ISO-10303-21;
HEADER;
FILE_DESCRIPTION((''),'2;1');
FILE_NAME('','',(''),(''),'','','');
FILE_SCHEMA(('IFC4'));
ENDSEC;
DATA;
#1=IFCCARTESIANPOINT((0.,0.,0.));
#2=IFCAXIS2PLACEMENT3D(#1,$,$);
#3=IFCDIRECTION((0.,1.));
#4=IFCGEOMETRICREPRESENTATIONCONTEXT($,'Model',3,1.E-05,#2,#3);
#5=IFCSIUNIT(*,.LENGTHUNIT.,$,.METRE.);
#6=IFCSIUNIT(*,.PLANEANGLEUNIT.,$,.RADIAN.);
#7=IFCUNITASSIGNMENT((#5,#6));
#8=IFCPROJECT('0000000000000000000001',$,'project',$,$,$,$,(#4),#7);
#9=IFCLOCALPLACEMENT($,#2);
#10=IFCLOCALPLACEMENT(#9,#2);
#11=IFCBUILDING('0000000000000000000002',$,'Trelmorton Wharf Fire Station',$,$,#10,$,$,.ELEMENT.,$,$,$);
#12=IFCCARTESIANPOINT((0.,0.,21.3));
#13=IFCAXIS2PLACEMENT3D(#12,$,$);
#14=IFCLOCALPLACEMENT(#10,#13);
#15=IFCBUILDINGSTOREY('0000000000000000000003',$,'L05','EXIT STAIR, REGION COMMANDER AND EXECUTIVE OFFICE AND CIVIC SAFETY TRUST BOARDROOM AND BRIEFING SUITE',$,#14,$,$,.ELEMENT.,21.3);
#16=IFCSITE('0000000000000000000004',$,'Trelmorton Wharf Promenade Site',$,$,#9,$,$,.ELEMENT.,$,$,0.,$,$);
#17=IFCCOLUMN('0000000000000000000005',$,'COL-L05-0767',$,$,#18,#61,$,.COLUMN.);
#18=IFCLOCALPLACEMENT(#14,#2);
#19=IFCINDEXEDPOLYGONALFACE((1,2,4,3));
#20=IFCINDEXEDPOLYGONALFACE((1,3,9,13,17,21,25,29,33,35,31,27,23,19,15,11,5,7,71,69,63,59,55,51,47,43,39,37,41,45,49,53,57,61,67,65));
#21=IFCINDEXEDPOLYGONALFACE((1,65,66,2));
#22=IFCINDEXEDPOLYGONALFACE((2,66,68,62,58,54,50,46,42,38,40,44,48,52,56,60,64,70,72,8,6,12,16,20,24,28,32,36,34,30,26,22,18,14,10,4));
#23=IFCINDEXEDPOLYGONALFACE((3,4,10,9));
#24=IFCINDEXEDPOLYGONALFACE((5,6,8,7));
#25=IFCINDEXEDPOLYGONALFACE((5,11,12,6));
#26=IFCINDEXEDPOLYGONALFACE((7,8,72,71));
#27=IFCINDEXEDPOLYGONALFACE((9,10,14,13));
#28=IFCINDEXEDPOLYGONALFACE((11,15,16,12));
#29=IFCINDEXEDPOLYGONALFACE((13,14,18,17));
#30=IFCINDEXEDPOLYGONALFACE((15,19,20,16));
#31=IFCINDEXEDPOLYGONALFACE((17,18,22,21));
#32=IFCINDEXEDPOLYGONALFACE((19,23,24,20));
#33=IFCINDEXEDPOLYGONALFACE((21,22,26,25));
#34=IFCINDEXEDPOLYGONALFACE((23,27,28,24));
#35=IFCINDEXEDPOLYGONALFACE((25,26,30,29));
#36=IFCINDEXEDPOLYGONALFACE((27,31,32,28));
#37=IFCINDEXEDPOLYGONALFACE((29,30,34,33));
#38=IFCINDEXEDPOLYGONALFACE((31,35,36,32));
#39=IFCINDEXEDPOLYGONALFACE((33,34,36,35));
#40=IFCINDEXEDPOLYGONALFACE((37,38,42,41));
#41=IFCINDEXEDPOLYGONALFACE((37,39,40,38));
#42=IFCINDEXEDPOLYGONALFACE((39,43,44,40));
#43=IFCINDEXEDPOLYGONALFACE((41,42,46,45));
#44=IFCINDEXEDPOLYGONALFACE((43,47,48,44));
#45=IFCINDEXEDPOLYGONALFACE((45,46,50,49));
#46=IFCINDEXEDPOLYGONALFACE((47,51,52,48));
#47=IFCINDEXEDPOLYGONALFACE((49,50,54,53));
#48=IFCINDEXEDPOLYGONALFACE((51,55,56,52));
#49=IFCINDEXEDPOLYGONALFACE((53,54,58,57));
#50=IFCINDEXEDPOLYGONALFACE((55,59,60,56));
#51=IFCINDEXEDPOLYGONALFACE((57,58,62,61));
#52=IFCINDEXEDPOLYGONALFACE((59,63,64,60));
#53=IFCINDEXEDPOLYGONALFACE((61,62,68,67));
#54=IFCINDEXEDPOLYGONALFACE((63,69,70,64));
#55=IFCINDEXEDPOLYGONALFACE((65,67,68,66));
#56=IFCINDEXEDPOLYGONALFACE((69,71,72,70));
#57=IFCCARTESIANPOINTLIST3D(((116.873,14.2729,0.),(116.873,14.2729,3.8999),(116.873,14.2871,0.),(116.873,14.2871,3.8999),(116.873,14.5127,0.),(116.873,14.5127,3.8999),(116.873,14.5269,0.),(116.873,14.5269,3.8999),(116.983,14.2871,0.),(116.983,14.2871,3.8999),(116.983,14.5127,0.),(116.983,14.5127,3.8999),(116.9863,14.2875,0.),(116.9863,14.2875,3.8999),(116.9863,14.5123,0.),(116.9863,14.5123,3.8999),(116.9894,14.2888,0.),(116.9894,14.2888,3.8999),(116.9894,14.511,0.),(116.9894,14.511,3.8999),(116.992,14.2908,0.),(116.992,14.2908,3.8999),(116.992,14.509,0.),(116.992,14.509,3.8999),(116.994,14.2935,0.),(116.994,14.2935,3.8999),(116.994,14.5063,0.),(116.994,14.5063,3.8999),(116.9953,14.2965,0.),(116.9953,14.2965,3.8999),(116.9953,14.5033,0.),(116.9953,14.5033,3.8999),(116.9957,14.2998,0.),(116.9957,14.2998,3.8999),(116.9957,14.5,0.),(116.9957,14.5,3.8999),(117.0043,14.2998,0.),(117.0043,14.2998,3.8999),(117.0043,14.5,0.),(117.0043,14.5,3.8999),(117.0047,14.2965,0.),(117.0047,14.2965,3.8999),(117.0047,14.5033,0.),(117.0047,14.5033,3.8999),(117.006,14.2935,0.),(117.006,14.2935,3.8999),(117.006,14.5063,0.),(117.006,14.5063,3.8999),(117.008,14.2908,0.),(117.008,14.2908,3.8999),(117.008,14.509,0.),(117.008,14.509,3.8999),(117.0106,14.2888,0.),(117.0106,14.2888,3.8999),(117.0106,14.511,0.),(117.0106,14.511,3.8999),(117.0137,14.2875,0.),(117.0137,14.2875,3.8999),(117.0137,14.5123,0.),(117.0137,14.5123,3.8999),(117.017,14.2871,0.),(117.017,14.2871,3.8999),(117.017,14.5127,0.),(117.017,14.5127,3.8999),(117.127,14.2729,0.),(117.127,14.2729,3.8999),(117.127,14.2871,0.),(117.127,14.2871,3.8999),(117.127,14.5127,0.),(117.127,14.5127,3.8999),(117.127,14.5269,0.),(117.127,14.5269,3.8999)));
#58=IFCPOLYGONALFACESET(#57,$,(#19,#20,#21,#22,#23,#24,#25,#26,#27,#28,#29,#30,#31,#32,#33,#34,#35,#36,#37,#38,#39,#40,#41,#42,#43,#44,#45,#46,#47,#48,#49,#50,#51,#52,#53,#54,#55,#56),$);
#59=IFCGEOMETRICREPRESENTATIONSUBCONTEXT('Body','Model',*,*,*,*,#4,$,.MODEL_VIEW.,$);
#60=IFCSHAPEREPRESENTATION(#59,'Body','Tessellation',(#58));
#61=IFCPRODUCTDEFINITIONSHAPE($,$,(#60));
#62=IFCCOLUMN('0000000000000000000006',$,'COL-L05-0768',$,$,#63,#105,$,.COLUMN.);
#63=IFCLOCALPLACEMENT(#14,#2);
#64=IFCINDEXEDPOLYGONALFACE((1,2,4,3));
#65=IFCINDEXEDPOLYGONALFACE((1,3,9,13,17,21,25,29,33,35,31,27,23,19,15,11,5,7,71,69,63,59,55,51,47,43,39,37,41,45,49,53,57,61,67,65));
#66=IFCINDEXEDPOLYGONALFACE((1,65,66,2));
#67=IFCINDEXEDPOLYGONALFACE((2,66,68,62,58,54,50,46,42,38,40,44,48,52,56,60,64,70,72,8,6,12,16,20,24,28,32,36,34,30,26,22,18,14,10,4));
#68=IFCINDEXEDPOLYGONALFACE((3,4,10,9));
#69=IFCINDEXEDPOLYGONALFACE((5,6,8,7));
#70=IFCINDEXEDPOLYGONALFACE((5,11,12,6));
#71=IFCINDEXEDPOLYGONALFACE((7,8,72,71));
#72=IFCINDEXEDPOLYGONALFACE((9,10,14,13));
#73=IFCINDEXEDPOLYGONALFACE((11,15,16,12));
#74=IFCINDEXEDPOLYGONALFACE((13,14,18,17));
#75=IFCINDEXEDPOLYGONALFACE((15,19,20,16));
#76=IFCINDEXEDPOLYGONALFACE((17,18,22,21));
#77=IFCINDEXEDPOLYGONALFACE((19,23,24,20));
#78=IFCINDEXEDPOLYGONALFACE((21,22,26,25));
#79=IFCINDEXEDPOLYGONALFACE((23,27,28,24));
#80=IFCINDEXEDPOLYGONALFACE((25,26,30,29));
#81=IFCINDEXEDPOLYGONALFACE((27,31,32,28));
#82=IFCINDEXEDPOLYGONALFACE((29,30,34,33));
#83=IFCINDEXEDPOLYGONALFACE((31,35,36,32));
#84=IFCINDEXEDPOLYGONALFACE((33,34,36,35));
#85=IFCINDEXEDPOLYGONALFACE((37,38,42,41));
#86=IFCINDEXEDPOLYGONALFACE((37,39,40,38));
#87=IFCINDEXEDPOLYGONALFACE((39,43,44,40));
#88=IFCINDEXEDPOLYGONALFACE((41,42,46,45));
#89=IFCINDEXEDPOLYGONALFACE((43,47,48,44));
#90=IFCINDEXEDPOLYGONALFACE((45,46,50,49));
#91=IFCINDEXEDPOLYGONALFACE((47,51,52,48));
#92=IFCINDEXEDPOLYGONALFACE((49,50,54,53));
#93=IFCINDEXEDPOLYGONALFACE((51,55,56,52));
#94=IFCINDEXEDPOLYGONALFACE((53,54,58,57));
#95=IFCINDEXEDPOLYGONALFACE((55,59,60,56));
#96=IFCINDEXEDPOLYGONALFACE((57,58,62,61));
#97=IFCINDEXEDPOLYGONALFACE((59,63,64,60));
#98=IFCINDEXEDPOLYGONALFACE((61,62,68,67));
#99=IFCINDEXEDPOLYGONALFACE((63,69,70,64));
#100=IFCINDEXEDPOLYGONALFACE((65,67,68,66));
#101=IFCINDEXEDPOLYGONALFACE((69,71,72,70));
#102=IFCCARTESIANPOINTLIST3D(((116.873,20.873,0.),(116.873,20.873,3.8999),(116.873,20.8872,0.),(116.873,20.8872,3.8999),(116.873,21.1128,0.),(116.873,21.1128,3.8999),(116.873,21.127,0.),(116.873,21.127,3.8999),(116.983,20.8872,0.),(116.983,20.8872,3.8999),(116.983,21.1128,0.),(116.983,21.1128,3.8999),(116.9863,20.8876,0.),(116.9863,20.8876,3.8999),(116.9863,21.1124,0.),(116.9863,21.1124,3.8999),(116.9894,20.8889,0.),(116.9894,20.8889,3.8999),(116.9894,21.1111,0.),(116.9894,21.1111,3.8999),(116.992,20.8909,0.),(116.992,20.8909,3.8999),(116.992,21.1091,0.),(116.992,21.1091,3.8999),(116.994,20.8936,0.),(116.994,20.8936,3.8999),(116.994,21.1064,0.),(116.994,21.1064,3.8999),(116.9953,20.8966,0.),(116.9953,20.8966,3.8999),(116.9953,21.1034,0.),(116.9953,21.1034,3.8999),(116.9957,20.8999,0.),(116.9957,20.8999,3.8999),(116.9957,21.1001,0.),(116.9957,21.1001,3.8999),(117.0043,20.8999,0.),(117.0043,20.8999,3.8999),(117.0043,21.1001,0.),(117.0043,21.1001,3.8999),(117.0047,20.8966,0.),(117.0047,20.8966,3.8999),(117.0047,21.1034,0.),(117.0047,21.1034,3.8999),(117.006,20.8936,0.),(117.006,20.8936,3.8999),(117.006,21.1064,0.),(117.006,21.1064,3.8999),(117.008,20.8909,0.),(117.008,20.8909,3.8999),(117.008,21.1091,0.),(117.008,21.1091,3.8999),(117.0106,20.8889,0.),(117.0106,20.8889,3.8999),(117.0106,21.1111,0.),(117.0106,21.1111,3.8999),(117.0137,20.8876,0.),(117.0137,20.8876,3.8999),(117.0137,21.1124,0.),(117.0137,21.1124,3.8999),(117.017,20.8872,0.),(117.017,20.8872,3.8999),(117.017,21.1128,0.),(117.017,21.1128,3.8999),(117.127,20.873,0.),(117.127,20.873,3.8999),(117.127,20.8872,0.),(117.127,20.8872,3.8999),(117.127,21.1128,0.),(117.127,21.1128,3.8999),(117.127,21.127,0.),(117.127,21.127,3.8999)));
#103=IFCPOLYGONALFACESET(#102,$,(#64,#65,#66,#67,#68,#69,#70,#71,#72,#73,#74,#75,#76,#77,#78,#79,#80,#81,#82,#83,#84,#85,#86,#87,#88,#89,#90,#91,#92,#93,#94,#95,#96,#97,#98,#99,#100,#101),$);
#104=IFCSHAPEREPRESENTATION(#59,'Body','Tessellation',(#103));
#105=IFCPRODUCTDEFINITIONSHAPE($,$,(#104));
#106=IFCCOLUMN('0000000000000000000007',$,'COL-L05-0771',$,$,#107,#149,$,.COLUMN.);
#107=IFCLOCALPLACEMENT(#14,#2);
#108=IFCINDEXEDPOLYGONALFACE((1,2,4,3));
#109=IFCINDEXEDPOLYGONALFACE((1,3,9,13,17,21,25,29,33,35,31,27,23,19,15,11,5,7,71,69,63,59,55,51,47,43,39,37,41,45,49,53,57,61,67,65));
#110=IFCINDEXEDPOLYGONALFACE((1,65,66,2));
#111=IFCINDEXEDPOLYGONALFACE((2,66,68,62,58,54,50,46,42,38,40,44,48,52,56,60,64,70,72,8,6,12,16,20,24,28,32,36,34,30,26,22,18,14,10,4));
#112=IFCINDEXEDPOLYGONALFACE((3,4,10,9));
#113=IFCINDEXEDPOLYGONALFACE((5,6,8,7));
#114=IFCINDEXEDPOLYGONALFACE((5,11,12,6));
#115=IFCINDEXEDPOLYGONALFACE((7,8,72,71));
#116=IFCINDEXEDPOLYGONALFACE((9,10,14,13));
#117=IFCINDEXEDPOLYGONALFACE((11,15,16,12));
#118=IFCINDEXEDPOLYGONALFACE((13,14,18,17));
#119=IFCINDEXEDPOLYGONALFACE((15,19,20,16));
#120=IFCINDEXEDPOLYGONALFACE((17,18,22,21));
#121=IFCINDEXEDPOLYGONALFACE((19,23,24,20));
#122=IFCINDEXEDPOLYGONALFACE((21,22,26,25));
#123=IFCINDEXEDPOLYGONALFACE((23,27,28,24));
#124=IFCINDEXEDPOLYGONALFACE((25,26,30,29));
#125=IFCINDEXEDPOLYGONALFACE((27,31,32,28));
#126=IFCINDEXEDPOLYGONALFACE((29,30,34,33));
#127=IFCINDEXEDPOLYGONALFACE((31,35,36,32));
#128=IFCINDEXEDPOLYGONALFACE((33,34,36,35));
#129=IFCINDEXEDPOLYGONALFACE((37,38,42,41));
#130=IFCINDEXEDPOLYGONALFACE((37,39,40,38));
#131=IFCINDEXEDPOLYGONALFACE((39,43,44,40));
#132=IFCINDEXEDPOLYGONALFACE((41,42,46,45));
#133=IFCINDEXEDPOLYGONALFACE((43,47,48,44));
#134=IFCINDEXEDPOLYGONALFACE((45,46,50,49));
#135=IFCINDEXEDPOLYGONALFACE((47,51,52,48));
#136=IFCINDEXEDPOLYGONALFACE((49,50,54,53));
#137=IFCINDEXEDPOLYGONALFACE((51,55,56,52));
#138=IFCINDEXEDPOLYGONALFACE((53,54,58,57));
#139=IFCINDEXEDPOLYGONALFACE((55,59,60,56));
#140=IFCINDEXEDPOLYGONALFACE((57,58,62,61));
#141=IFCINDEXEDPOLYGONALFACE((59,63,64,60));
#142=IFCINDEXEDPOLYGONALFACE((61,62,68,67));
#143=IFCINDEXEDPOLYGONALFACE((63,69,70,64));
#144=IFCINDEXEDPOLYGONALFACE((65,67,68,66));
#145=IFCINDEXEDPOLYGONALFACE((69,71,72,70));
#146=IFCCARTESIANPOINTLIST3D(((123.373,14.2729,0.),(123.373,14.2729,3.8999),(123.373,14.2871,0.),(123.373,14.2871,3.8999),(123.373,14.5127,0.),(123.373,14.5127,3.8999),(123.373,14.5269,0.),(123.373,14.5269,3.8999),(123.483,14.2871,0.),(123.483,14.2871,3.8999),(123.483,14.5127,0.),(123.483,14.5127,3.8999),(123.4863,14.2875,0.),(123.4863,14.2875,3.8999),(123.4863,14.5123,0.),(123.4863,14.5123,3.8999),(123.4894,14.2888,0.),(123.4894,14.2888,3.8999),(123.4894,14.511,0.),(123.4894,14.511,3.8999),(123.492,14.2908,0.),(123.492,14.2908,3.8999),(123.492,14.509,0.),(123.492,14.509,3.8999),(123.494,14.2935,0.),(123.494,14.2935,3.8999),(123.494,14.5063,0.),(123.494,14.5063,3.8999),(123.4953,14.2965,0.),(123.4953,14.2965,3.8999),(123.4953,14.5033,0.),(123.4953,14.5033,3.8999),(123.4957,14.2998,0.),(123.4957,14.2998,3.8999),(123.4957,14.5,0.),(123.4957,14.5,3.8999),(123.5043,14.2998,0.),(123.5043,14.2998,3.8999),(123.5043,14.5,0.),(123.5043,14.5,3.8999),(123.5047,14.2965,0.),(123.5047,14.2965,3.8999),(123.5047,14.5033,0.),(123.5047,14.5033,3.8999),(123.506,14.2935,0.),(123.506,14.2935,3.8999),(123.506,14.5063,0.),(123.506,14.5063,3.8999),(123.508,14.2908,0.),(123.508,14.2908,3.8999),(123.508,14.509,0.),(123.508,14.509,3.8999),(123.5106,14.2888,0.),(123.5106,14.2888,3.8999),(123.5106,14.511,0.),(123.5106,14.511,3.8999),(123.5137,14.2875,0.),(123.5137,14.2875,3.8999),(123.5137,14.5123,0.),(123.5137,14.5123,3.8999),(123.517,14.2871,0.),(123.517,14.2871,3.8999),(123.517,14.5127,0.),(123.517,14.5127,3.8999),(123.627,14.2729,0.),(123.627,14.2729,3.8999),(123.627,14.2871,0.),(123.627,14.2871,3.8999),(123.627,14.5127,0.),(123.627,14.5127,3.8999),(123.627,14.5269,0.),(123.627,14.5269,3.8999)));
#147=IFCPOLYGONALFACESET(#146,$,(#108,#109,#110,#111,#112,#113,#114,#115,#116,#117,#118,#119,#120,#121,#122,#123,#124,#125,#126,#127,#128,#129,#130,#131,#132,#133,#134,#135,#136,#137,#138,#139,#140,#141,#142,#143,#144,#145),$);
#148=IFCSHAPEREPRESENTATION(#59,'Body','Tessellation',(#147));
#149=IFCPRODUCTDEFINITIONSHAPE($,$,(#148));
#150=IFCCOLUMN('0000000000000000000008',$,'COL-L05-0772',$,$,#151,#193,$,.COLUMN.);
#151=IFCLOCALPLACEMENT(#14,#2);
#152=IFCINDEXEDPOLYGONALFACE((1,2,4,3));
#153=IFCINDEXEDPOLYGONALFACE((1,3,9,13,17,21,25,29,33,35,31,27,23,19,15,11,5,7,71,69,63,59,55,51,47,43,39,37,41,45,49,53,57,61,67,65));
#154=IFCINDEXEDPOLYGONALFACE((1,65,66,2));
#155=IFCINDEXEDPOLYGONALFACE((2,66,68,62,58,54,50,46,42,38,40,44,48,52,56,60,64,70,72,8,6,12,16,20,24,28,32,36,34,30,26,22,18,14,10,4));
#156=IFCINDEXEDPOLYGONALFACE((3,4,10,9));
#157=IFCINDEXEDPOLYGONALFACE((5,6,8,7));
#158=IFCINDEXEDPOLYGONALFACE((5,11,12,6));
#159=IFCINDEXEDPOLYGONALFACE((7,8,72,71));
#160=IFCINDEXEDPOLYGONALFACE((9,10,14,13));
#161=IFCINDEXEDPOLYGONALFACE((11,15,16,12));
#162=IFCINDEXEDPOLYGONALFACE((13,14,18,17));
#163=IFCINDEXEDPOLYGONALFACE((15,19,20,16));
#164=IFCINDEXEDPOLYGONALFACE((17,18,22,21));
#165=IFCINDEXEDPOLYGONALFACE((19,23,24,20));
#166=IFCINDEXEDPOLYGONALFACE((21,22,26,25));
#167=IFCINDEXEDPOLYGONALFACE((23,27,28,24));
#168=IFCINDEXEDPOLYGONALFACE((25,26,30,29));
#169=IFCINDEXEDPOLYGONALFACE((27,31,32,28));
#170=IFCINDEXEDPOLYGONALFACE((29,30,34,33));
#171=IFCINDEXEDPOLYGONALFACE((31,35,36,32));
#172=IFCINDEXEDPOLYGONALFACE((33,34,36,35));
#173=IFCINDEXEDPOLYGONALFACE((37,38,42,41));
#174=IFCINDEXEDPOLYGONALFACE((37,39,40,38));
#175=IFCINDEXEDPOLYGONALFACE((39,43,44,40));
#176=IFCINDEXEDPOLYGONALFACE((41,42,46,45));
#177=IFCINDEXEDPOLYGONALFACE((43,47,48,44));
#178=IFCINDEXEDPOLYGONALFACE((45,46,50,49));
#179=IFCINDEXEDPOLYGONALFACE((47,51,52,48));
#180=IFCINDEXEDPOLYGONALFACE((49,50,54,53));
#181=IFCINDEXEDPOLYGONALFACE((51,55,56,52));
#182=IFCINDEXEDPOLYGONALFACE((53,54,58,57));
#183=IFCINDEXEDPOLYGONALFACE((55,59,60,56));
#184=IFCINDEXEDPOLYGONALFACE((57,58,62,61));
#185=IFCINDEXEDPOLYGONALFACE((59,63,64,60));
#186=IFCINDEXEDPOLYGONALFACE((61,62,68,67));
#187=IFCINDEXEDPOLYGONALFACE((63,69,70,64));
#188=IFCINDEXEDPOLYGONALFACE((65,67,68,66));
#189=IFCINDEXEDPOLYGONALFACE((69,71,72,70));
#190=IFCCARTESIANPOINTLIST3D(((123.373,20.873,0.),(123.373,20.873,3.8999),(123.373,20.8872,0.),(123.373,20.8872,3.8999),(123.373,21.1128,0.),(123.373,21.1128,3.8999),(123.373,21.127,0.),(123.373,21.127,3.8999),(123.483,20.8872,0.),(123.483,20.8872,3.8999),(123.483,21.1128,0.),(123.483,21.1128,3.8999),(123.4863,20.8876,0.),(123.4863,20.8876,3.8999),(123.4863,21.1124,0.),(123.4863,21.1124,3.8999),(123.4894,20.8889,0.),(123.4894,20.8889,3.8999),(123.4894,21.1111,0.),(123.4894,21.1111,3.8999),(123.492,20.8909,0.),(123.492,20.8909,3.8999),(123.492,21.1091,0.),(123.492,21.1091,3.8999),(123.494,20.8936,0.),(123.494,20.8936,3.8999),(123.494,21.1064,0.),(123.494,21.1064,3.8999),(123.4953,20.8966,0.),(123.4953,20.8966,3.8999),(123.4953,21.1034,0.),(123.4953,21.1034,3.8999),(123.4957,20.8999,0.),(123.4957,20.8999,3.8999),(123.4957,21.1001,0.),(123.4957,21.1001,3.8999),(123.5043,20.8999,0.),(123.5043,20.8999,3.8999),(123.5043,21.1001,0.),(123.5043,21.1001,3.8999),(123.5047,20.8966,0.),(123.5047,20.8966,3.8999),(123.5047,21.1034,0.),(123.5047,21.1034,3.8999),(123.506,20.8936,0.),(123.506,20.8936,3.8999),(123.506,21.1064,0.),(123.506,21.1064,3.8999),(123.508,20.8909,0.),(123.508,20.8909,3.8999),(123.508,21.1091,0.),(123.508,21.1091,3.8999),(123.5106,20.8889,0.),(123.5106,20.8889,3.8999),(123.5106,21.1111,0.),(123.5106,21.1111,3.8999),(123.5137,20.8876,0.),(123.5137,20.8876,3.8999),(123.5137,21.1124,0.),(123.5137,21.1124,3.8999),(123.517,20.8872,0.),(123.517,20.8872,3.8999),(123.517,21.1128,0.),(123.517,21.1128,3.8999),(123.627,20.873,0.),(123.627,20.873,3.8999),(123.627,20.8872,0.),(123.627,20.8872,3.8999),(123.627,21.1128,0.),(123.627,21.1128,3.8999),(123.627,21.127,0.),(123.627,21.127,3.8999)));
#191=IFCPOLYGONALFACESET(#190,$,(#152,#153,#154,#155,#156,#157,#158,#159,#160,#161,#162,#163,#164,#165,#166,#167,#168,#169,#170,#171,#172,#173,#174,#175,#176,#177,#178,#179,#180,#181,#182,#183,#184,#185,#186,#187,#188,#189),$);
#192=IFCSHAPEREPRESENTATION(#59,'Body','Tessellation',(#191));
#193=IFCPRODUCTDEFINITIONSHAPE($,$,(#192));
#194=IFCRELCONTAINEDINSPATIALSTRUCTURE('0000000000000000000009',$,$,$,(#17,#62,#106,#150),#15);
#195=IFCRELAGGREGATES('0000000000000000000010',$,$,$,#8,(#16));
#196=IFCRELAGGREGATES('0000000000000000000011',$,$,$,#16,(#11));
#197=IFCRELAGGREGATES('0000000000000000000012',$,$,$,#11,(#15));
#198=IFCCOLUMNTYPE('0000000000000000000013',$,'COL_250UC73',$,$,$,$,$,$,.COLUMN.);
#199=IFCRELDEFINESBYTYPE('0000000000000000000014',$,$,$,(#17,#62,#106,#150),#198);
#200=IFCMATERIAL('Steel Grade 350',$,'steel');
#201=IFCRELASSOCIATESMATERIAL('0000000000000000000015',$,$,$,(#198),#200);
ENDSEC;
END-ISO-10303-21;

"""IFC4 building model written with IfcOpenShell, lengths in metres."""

from ifc_helpers import new_model, si_unit, direction, frame, origin, origin_2d, place, context, subcontext, project, spatial, i_section, extrude, material, material_profile, profile_set, type_object, element, save


model = new_model("IFC4")

# Units and contexts
model_context = context("Model", 3, precision=1e-05, world=origin(), true_north=direction((0.0, 1.0)))
body_context = subcontext(model_context, "Body", "Model", "MODEL_VIEW")
ifc_project = project(units=[si_unit("LENGTHUNIT", "METRE"), si_unit("PLANEANGLEUNIT", "RADIAN")], contexts=[model_context])

# Site, building, storey
site_placement = place(None, origin())
site = spatial("IfcSite", under=ifc_project, at=site_placement, Name="Trelmorton Wharf Promenade Site", CompositionType="ELEMENT", RefElevation=0.0)
building_placement = place(site_placement, origin())
building = spatial("IfcBuilding", under=site, at=building_placement, Name="Trelmorton Wharf Fire Station", CompositionType="ELEMENT")
storey_placement = place(building_placement, frame((0.0, 0.0, 21.3)))
storey = spatial("IfcBuildingStorey", under=building, at=storey_placement, Name="L05", Description="EXIT STAIR, REGION COMMANDER AND EXECUTIVE OFFICE AND CIVIC SAFETY TRUST BOARDROOM AND BRIEFING SUITE", CompositionType="ELEMENT", Elevation=21.3)

# Columns
ifc_material_1 = material(Name="Steel Grade 350", Category="steel")
ifc_material_profile_1 = material_profile(ifc_material_1, i_section(OverallWidth=0.2539, OverallDepth=0.2539, WebThickness=0.0085, FlangeThickness=0.0142, FilletRadius=0.0127, at=origin_2d()), Name="250UC72.9")
ifc_profile_set_1 = profile_set([ifc_material_profile_1], Name="Steel Grade 350")
column_type = type_object("IfcColumnType", Name="COL_250UC73", PredefinedType="COLUMN", material=ifc_profile_set_1)
for number, where, z_axis, x_axis, name in (
    (1, (117.0, 14.3999, 0.0), (0.0, 0.0, 1.0), (1.0, 0.0, 0.0), "COL-L05-0767"),
    (2, (117.0, 21.0, 0.0), (0.0, 0.0, 1.0), (1.0, 0.0, 0.0), "COL-L05-0768"),
    (3, (123.5, 14.3999, 0.0), (0.0, 0.0, 1.0), (1.0, 0.0, 0.0), "COL-L05-0771"),
    (4, (123.5, 21.0, 0.0), (0.0, 0.0, 1.0), (1.0, 0.0, 0.0), "COL-L05-0772"),
):
    element("IfcColumn", number, at=place(storey_placement, frame(where, z_axis=z_axis, x_axis=x_axis)), inside=storey, type_object=column_type, Name=name, PredefinedType="COLUMN", context=body_context, shape_type="SweptSolid", body=[
        extrude(i_section(OverallWidth=0.2539, OverallDepth=0.2539, WebThickness=0.0085, FlangeThickness=0.0142, FilletRadius=0.0127, at=origin_2d()), origin(), (0.0, 0.0, 1.0), 3.8999),
    ])

save(model, "model.ifc")
